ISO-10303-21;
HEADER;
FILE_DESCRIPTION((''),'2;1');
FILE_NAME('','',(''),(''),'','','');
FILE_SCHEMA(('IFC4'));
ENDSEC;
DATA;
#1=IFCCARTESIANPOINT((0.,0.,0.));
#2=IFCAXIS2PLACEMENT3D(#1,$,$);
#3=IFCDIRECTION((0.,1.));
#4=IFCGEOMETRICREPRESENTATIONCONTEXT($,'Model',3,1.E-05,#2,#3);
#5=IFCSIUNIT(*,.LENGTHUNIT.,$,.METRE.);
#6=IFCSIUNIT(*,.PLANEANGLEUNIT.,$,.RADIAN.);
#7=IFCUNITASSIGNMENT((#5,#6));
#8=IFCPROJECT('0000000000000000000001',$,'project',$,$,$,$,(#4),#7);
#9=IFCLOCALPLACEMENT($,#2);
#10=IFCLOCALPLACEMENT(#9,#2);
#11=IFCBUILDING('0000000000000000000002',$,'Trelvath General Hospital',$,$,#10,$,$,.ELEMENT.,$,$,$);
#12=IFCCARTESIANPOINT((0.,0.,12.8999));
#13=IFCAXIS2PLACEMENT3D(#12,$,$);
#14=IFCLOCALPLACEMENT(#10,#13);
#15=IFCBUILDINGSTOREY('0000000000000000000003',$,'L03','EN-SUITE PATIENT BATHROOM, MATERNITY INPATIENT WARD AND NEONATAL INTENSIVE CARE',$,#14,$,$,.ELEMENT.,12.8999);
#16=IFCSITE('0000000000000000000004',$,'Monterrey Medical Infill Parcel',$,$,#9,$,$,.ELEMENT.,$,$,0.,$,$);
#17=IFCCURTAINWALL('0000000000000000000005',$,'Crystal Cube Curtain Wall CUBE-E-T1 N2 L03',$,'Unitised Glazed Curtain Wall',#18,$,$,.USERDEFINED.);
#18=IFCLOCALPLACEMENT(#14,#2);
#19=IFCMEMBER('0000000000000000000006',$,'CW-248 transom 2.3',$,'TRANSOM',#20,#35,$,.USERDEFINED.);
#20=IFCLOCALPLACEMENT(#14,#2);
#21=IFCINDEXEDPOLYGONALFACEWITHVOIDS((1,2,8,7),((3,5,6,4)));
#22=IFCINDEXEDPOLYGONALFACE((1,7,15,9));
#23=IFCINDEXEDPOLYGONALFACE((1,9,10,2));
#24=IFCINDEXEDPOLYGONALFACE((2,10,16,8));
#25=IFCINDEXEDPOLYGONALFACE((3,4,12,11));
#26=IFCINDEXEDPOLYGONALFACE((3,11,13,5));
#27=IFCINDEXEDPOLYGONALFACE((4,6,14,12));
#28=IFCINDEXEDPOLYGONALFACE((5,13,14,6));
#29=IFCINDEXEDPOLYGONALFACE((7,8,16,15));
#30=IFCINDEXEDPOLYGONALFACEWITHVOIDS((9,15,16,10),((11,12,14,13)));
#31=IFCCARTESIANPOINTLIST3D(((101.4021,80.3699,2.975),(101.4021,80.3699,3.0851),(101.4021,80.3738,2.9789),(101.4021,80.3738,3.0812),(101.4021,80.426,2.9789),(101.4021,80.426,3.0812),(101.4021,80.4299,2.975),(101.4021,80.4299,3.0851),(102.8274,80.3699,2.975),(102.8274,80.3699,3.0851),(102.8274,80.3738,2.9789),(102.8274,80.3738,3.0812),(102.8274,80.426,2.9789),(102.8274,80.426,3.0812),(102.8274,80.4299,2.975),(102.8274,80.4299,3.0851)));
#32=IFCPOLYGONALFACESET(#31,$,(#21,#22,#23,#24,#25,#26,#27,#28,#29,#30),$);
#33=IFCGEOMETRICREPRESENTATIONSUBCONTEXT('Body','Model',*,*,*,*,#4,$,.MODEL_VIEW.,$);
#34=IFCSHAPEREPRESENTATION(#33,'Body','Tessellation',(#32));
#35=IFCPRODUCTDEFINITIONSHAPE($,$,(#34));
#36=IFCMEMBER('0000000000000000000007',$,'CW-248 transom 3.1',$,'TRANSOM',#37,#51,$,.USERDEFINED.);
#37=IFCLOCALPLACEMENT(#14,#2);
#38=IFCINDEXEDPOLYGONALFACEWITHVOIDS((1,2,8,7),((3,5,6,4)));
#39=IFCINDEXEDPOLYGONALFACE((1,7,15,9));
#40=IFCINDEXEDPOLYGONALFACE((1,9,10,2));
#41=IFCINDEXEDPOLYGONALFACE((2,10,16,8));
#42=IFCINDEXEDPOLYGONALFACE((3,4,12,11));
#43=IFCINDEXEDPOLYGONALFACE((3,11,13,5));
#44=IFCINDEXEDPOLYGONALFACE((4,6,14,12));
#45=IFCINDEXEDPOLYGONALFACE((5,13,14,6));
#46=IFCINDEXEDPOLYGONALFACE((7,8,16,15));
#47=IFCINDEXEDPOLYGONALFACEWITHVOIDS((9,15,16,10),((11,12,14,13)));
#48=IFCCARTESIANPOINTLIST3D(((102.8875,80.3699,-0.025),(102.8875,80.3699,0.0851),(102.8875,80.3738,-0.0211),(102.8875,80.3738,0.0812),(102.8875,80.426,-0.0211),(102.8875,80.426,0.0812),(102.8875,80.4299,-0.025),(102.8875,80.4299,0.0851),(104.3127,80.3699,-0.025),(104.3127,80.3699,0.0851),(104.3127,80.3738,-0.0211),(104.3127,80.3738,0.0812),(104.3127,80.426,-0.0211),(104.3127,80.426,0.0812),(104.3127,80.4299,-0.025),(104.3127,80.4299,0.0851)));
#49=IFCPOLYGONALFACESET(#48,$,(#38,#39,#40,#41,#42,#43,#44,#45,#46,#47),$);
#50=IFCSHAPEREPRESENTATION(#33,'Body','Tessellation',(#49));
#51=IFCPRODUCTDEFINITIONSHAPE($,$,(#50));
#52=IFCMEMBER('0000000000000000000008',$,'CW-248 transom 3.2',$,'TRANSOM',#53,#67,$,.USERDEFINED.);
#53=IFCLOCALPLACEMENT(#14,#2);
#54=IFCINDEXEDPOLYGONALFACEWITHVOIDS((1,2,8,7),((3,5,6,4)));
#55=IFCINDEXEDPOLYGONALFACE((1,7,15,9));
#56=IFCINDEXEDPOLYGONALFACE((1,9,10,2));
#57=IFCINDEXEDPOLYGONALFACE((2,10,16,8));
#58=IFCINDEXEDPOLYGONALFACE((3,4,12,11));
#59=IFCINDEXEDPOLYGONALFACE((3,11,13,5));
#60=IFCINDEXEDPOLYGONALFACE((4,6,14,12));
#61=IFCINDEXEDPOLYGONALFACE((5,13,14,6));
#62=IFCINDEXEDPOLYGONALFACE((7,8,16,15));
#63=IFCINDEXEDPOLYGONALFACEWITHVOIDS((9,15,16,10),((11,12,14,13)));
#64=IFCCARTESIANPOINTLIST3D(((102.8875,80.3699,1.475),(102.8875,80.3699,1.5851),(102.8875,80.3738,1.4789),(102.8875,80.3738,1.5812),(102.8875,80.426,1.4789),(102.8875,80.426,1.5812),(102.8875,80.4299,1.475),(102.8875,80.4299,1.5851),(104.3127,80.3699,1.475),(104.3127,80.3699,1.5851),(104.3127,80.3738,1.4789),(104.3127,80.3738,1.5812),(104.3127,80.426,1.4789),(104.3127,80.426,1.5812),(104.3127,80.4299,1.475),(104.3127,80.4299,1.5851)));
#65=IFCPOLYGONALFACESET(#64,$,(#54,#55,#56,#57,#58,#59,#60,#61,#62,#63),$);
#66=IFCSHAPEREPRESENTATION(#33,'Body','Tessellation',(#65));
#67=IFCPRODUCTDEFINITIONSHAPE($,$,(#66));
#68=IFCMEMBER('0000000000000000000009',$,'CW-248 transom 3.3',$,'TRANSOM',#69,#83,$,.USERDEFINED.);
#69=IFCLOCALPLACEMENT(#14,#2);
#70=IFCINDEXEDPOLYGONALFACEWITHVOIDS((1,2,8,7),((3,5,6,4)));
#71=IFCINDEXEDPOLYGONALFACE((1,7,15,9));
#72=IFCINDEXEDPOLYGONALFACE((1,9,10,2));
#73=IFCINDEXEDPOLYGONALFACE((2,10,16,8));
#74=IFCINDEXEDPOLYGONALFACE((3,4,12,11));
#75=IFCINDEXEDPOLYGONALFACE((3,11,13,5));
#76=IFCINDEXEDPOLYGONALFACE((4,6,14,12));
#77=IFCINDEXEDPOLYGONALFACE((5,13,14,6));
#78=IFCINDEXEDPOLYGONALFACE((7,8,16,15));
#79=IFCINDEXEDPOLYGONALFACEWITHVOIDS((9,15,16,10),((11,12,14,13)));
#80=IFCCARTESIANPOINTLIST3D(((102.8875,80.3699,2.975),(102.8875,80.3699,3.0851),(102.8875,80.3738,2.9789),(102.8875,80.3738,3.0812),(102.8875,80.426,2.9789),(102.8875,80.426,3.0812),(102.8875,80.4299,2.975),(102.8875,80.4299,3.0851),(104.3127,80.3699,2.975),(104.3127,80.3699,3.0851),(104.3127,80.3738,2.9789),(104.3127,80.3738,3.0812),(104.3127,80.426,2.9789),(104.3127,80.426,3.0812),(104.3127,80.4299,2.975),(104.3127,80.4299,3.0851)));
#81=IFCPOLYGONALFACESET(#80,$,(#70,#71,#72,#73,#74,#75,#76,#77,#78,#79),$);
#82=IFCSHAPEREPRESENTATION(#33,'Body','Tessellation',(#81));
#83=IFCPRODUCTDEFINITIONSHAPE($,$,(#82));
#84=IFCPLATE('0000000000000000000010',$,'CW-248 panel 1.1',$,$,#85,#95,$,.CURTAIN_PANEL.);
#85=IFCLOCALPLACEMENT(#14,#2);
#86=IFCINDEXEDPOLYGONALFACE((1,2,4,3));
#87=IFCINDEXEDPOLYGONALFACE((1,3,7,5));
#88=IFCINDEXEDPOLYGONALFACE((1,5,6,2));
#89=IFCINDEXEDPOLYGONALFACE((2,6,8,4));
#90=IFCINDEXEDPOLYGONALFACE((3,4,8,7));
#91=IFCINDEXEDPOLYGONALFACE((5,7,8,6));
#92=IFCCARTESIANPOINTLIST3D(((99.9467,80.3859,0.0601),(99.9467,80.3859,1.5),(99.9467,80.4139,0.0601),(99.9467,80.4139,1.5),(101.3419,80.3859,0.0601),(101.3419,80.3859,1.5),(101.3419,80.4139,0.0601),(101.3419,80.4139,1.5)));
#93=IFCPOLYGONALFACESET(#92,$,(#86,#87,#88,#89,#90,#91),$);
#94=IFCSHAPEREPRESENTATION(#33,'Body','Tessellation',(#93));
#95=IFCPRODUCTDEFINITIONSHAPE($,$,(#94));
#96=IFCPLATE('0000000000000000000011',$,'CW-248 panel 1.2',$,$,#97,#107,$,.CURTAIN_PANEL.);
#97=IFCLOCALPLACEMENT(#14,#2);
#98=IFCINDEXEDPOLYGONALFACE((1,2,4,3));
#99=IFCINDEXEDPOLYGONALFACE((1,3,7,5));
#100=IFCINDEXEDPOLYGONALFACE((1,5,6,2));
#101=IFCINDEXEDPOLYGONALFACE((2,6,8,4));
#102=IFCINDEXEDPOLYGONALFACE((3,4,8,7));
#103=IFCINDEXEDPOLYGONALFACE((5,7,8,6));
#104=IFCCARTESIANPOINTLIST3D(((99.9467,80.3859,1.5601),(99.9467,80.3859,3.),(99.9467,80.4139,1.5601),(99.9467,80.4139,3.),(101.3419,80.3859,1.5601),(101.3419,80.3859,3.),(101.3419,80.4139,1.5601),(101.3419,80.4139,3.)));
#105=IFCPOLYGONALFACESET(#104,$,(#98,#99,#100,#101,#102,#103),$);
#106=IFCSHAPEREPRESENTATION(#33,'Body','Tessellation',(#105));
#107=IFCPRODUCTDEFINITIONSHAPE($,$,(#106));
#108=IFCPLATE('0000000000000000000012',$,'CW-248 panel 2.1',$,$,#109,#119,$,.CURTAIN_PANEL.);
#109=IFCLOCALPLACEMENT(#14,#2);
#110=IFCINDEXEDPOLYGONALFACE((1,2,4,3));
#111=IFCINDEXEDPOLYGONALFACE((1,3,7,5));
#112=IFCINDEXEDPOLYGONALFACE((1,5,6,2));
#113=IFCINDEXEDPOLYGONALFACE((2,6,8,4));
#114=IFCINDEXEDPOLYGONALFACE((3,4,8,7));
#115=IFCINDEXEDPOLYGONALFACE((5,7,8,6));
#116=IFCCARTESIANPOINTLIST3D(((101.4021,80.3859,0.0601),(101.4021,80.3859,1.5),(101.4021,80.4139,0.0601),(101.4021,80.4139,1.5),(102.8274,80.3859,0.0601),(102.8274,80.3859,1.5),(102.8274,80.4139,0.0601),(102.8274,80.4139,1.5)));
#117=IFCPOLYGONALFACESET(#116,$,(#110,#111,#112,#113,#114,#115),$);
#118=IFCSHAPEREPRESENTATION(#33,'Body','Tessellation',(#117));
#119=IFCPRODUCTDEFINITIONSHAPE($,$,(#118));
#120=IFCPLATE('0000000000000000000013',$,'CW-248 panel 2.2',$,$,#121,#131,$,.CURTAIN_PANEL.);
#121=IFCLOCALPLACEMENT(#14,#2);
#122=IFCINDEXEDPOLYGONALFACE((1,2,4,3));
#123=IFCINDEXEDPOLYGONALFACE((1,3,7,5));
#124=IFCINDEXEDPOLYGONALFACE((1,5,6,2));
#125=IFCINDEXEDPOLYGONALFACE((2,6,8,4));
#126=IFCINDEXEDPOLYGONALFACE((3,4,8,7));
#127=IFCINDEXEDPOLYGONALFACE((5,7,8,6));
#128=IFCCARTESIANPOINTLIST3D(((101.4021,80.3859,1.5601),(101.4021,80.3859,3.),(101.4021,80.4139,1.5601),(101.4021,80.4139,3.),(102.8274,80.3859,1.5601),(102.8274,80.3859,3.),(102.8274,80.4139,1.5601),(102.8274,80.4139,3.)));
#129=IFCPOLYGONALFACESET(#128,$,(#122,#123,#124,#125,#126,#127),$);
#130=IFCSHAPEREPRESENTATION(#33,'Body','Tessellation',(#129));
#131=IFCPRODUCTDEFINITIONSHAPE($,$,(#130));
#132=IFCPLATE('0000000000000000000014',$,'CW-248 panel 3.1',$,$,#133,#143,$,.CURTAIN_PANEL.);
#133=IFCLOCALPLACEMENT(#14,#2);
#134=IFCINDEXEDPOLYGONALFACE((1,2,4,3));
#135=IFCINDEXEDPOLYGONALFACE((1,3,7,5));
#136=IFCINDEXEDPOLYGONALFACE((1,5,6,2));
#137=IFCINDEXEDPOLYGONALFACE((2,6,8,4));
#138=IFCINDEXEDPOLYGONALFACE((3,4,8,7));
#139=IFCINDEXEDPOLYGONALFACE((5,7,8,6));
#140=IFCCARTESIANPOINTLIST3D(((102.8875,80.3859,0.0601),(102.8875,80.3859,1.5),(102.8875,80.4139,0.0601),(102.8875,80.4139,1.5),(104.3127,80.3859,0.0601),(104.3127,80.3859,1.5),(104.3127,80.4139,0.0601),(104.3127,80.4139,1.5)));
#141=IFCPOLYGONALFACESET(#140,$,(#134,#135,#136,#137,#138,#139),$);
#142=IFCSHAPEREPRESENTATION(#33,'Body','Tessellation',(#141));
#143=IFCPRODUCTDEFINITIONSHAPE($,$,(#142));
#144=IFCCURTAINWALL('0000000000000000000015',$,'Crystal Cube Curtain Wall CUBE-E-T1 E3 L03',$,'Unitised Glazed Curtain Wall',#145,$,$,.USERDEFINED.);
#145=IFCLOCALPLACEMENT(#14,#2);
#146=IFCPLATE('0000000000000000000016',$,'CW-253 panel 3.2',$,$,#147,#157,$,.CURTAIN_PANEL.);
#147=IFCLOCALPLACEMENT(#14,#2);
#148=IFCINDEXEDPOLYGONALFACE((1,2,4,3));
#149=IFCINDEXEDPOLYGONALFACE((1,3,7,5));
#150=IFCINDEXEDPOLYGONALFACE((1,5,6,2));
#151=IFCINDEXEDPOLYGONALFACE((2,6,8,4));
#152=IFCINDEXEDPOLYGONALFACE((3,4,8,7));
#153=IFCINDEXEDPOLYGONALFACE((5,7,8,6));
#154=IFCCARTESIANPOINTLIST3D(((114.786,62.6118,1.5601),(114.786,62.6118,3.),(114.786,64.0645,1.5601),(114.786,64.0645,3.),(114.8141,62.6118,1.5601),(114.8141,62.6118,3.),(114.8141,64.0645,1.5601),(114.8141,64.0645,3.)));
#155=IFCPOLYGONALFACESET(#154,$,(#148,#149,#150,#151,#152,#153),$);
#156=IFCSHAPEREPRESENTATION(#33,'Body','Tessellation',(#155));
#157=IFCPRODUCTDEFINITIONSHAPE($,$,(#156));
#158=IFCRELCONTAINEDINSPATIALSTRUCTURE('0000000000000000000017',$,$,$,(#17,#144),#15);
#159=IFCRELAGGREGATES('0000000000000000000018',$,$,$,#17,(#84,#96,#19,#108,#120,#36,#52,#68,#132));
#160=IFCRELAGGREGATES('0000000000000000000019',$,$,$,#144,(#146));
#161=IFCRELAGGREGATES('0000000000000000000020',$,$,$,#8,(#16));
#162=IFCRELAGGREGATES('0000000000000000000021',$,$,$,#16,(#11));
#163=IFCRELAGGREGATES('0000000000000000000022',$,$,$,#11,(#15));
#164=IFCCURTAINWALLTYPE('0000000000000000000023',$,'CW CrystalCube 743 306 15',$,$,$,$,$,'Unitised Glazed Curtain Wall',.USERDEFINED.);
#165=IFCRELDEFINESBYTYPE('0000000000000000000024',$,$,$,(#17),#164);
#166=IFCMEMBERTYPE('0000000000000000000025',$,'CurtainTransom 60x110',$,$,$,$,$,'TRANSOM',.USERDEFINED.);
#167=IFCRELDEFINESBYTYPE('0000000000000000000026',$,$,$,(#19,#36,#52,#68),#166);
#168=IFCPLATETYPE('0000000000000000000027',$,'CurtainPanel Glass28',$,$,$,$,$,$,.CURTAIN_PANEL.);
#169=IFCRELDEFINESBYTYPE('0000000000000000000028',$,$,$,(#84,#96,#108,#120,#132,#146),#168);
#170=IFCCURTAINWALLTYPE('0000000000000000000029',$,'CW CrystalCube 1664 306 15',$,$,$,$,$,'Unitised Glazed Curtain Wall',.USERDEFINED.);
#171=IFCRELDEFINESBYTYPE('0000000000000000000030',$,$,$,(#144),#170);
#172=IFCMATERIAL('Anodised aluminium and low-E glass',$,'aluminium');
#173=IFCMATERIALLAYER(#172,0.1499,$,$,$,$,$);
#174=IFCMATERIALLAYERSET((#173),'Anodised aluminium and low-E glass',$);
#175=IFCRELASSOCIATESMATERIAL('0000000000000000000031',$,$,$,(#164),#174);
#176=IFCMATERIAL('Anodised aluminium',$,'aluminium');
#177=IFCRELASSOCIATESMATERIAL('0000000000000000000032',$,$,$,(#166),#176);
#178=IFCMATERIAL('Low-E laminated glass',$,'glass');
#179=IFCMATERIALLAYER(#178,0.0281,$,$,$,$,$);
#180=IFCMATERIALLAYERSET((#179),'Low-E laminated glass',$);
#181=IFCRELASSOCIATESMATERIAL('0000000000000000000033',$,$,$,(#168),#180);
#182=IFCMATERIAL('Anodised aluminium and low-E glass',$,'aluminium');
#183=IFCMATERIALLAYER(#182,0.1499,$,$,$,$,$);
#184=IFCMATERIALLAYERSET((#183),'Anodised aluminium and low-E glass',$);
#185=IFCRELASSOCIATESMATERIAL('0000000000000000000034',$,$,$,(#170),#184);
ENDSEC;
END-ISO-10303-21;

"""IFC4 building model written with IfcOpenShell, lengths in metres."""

from ifc_helpers import new_model, si_unit, direction, frame, origin, origin_2d, place, context, subcontext, project, spatial, rectangle, hollow_rectangle, extrude, material, layer, layer_set, material_profile, profile_set, type_object, element, aggregate, save


model = new_model("IFC4")

# Units and contexts
model_context = context("Model", 3, precision=1e-05, world=origin(), true_north=direction((0.0, 1.0)))
body_context = subcontext(model_context, "Body", "Model", "MODEL_VIEW")
ifc_project = project(units=[si_unit("LENGTHUNIT", "METRE"), si_unit("PLANEANGLEUNIT", "RADIAN")], contexts=[model_context])

# Site, building, storey
site_placement = place(None, origin())
site = spatial("IfcSite", under=ifc_project, at=site_placement, Name="Monterrey Medical Infill Parcel", CompositionType="ELEMENT", RefElevation=0.0)
building_placement = place(site_placement, origin())
building = spatial("IfcBuilding", under=site, at=building_placement, Name="Trelvath General Hospital", CompositionType="ELEMENT")
storey_placement = place(building_placement, frame((0.0, 0.0, 12.8999)))
storey = spatial("IfcBuildingStorey", under=building, at=storey_placement, Name="L03", Description="EN-SUITE PATIENT BATHROOM, MATERNITY INPATIENT WARD AND NEONATAL INTENSIVE CARE", CompositionType="ELEMENT", Elevation=12.8999)

# Curtain wall, members, plates
ifc_material_1 = material(Name="Anodised aluminium and low-E glass", Category="aluminium")
ifc_layer_1 = layer(ifc_material_1, 0.1499)
ifc_layer_set_1 = layer_set([ifc_layer_1], Name="Anodised aluminium and low-E glass")
curtain_wall_type_1 = type_object("IfcCurtainWallType", Name="CW CrystalCube 743 306 15", ElementType="Unitised Glazed Curtain Wall", PredefinedType="USERDEFINED", material=ifc_layer_set_1)
curtain_wall_1_placement = place(storey_placement, origin())
curtain_wall_1 = element("IfcCurtainWall", 1, at=curtain_wall_1_placement, inside=storey, type_object=curtain_wall_type_1, Name="Crystal Cube Curtain Wall CUBE-E-T1 N2 L03", ObjectType="Unitised Glazed Curtain Wall", PredefinedType="USERDEFINED")
ifc_material_2 = material(Name="Anodised aluminium", Category="aluminium")
ifc_material_profile_1 = material_profile(ifc_material_2, hollow_rectangle(XDim=0.0601, YDim=0.1101, WallThickness=0.0039, at=origin_2d()), Name="RHS60x110x4")
ifc_profile_set_1 = profile_set([ifc_material_profile_1], Name="Anodised aluminium")
member_type_1 = type_object("IfcMemberType", Name="CurtainTransom 60x110", ElementType="TRANSOM", PredefinedType="USERDEFINED", material=ifc_profile_set_1)
member_1_placement = place(storey_placement, frame((101.4021, 80.3999, 3.03), z_axis=(1.0, 0.0, 0.0), x_axis=(0.0, 1.0, 0.0)))
member_1 = element("IfcMember", 2, at=member_1_placement, type_object=member_type_1, Name="CW-248 transom 2.3", ObjectType="TRANSOM", PredefinedType="USERDEFINED", context=body_context, shape_type="SweptSolid", body=[
    extrude(hollow_rectangle(XDim=0.0601, YDim=0.1101, WallThickness=0.0039, at=origin_2d()), origin(), (0.0, 0.0, 1.0), 1.4253),
])
member_2_placement = place(storey_placement, frame((102.8875, 80.3999, 0.03), z_axis=(1.0, 0.0, 0.0), x_axis=(0.0, 1.0, 0.0)))
member_2 = element("IfcMember", 3, at=member_2_placement, type_object=member_type_1, Name="CW-248 transom 3.1", ObjectType="TRANSOM", PredefinedType="USERDEFINED", context=body_context, shape_type="SweptSolid", body=[
    extrude(hollow_rectangle(XDim=0.0601, YDim=0.1101, WallThickness=0.0039, at=origin_2d()), origin(), (0.0, 0.0, 1.0), 1.4253),
])
member_3_placement = place(storey_placement, frame((102.8875, 80.3999, 1.53), z_axis=(1.0, 0.0, 0.0), x_axis=(0.0, 1.0, 0.0)))
member_3 = element("IfcMember", 4, at=member_3_placement, type_object=member_type_1, Name="CW-248 transom 3.2", ObjectType="TRANSOM", PredefinedType="USERDEFINED", context=body_context, shape_type="SweptSolid", body=[
    extrude(hollow_rectangle(XDim=0.0601, YDim=0.1101, WallThickness=0.0039, at=origin_2d()), origin(), (0.0, 0.0, 1.0), 1.4253),
])
member_4_placement = place(storey_placement, frame((102.8875, 80.3999, 3.03), z_axis=(1.0, 0.0, 0.0), x_axis=(0.0, 1.0, 0.0)))
member_4 = element("IfcMember", 5, at=member_4_placement, type_object=member_type_1, Name="CW-248 transom 3.3", ObjectType="TRANSOM", PredefinedType="USERDEFINED", context=body_context, shape_type="SweptSolid", body=[
    extrude(hollow_rectangle(XDim=0.0601, YDim=0.1101, WallThickness=0.0039, at=origin_2d()), origin(), (0.0, 0.0, 1.0), 1.4253),
])
ifc_material_3 = material(Name="Low-E laminated glass", Category="glass")
ifc_layer_2 = layer(ifc_material_3, 0.0281)
ifc_layer_set_2 = layer_set([ifc_layer_2], Name="Low-E laminated glass")
plate_type = type_object("IfcPlateType", Name="CurtainPanel Glass28", PredefinedType="CURTAIN_PANEL", material=ifc_layer_set_2)
plate_1_placement = place(storey_placement, frame((100.6443, 80.3999, 0.0601), z_axis=(0.0, 0.0, 1.0), x_axis=(1.0, 0.0, 0.0)))
plate_1 = element("IfcPlate", 6, at=plate_1_placement, type_object=plate_type, Name="CW-248 panel 1.1", PredefinedType="CURTAIN_PANEL", context=body_context, shape_type="SweptSolid", body=[
    extrude(rectangle(XDim=1.3953, YDim=0.0281, at=origin_2d()), origin(), (0.0, 0.0, 1.0), 1.4399),
])
plate_2_placement = place(storey_placement, frame((100.6443, 80.3999, 1.5601), z_axis=(0.0, 0.0, 1.0), x_axis=(1.0, 0.0, 0.0)))
plate_2 = element("IfcPlate", 7, at=plate_2_placement, type_object=plate_type, Name="CW-248 panel 1.2", PredefinedType="CURTAIN_PANEL", context=body_context, shape_type="SweptSolid", body=[
    extrude(rectangle(XDim=1.3953, YDim=0.0281, at=origin_2d()), origin(), (0.0, 0.0, 1.0), 1.4399),
])
plate_3_placement = place(storey_placement, frame((102.1147, 80.3999, 0.0601), z_axis=(0.0, 0.0, 1.0), x_axis=(1.0, 0.0, 0.0)))
plate_3 = element("IfcPlate", 8, at=plate_3_placement, type_object=plate_type, Name="CW-248 panel 2.1", PredefinedType="CURTAIN_PANEL", context=body_context, shape_type="SweptSolid", body=[
    extrude(rectangle(XDim=1.4253, YDim=0.0281, at=origin_2d()), origin(), (0.0, 0.0, 1.0), 1.4399),
])
plate_4_placement = place(storey_placement, frame((102.1147, 80.3999, 1.5601), z_axis=(0.0, 0.0, 1.0), x_axis=(1.0, 0.0, 0.0)))
plate_4 = element("IfcPlate", 9, at=plate_4_placement, type_object=plate_type, Name="CW-248 panel 2.2", PredefinedType="CURTAIN_PANEL", context=body_context, shape_type="SweptSolid", body=[
    extrude(rectangle(XDim=1.4253, YDim=0.0281, at=origin_2d()), origin(), (0.0, 0.0, 1.0), 1.4399),
])
plate_5_placement = place(storey_placement, frame((103.6001, 80.3999, 0.0601), z_axis=(0.0, 0.0, 1.0), x_axis=(1.0, 0.0, 0.0)))
plate_5 = element("IfcPlate", 10, at=plate_5_placement, type_object=plate_type, Name="CW-248 panel 3.1", PredefinedType="CURTAIN_PANEL", context=body_context, shape_type="SweptSolid", body=[
    extrude(rectangle(XDim=1.4253, YDim=0.0281, at=origin_2d()), origin(), (0.0, 0.0, 1.0), 1.4399),
])
aggregate(curtain_wall_1, [plate_1, plate_2, member_1, plate_3, plate_4, member_2, member_3, member_4, plate_5])

# Curtain wall, plate
ifc_material_4 = material(Name="Anodised aluminium and low-E glass", Category="aluminium")
ifc_layer_3 = layer(ifc_material_4, 0.1499)
ifc_layer_set_3 = layer_set([ifc_layer_3], Name="Anodised aluminium and low-E glass")
curtain_wall_type_2 = type_object("IfcCurtainWallType", Name="CW CrystalCube 1664 306 15", ElementType="Unitised Glazed Curtain Wall", PredefinedType="USERDEFINED", material=ifc_layer_set_3)
curtain_wall_2_placement = place(storey_placement, origin())
curtain_wall_2 = element("IfcCurtainWall", 11, at=curtain_wall_2_placement, inside=storey, type_object=curtain_wall_type_2, Name="Crystal Cube Curtain Wall CUBE-E-T1 E3 L03", ObjectType="Unitised Glazed Curtain Wall", PredefinedType="USERDEFINED")
plate_6_placement = place(storey_placement, frame((114.8, 63.3381, 1.5601), z_axis=(0.0, 0.0, 1.0), x_axis=(0.0, -1.0, 0.0)))
plate_6 = element("IfcPlate", 12, at=plate_6_placement, type_object=plate_type, Name="CW-253 panel 3.2", PredefinedType="CURTAIN_PANEL", context=body_context, shape_type="SweptSolid", body=[
    extrude(rectangle(XDim=1.4526, YDim=0.0281, at=origin_2d()), origin(), (0.0, 0.0, 1.0), 1.4399),
])
aggregate(curtain_wall_2, [plate_6])

save(model, "model.ifc")
